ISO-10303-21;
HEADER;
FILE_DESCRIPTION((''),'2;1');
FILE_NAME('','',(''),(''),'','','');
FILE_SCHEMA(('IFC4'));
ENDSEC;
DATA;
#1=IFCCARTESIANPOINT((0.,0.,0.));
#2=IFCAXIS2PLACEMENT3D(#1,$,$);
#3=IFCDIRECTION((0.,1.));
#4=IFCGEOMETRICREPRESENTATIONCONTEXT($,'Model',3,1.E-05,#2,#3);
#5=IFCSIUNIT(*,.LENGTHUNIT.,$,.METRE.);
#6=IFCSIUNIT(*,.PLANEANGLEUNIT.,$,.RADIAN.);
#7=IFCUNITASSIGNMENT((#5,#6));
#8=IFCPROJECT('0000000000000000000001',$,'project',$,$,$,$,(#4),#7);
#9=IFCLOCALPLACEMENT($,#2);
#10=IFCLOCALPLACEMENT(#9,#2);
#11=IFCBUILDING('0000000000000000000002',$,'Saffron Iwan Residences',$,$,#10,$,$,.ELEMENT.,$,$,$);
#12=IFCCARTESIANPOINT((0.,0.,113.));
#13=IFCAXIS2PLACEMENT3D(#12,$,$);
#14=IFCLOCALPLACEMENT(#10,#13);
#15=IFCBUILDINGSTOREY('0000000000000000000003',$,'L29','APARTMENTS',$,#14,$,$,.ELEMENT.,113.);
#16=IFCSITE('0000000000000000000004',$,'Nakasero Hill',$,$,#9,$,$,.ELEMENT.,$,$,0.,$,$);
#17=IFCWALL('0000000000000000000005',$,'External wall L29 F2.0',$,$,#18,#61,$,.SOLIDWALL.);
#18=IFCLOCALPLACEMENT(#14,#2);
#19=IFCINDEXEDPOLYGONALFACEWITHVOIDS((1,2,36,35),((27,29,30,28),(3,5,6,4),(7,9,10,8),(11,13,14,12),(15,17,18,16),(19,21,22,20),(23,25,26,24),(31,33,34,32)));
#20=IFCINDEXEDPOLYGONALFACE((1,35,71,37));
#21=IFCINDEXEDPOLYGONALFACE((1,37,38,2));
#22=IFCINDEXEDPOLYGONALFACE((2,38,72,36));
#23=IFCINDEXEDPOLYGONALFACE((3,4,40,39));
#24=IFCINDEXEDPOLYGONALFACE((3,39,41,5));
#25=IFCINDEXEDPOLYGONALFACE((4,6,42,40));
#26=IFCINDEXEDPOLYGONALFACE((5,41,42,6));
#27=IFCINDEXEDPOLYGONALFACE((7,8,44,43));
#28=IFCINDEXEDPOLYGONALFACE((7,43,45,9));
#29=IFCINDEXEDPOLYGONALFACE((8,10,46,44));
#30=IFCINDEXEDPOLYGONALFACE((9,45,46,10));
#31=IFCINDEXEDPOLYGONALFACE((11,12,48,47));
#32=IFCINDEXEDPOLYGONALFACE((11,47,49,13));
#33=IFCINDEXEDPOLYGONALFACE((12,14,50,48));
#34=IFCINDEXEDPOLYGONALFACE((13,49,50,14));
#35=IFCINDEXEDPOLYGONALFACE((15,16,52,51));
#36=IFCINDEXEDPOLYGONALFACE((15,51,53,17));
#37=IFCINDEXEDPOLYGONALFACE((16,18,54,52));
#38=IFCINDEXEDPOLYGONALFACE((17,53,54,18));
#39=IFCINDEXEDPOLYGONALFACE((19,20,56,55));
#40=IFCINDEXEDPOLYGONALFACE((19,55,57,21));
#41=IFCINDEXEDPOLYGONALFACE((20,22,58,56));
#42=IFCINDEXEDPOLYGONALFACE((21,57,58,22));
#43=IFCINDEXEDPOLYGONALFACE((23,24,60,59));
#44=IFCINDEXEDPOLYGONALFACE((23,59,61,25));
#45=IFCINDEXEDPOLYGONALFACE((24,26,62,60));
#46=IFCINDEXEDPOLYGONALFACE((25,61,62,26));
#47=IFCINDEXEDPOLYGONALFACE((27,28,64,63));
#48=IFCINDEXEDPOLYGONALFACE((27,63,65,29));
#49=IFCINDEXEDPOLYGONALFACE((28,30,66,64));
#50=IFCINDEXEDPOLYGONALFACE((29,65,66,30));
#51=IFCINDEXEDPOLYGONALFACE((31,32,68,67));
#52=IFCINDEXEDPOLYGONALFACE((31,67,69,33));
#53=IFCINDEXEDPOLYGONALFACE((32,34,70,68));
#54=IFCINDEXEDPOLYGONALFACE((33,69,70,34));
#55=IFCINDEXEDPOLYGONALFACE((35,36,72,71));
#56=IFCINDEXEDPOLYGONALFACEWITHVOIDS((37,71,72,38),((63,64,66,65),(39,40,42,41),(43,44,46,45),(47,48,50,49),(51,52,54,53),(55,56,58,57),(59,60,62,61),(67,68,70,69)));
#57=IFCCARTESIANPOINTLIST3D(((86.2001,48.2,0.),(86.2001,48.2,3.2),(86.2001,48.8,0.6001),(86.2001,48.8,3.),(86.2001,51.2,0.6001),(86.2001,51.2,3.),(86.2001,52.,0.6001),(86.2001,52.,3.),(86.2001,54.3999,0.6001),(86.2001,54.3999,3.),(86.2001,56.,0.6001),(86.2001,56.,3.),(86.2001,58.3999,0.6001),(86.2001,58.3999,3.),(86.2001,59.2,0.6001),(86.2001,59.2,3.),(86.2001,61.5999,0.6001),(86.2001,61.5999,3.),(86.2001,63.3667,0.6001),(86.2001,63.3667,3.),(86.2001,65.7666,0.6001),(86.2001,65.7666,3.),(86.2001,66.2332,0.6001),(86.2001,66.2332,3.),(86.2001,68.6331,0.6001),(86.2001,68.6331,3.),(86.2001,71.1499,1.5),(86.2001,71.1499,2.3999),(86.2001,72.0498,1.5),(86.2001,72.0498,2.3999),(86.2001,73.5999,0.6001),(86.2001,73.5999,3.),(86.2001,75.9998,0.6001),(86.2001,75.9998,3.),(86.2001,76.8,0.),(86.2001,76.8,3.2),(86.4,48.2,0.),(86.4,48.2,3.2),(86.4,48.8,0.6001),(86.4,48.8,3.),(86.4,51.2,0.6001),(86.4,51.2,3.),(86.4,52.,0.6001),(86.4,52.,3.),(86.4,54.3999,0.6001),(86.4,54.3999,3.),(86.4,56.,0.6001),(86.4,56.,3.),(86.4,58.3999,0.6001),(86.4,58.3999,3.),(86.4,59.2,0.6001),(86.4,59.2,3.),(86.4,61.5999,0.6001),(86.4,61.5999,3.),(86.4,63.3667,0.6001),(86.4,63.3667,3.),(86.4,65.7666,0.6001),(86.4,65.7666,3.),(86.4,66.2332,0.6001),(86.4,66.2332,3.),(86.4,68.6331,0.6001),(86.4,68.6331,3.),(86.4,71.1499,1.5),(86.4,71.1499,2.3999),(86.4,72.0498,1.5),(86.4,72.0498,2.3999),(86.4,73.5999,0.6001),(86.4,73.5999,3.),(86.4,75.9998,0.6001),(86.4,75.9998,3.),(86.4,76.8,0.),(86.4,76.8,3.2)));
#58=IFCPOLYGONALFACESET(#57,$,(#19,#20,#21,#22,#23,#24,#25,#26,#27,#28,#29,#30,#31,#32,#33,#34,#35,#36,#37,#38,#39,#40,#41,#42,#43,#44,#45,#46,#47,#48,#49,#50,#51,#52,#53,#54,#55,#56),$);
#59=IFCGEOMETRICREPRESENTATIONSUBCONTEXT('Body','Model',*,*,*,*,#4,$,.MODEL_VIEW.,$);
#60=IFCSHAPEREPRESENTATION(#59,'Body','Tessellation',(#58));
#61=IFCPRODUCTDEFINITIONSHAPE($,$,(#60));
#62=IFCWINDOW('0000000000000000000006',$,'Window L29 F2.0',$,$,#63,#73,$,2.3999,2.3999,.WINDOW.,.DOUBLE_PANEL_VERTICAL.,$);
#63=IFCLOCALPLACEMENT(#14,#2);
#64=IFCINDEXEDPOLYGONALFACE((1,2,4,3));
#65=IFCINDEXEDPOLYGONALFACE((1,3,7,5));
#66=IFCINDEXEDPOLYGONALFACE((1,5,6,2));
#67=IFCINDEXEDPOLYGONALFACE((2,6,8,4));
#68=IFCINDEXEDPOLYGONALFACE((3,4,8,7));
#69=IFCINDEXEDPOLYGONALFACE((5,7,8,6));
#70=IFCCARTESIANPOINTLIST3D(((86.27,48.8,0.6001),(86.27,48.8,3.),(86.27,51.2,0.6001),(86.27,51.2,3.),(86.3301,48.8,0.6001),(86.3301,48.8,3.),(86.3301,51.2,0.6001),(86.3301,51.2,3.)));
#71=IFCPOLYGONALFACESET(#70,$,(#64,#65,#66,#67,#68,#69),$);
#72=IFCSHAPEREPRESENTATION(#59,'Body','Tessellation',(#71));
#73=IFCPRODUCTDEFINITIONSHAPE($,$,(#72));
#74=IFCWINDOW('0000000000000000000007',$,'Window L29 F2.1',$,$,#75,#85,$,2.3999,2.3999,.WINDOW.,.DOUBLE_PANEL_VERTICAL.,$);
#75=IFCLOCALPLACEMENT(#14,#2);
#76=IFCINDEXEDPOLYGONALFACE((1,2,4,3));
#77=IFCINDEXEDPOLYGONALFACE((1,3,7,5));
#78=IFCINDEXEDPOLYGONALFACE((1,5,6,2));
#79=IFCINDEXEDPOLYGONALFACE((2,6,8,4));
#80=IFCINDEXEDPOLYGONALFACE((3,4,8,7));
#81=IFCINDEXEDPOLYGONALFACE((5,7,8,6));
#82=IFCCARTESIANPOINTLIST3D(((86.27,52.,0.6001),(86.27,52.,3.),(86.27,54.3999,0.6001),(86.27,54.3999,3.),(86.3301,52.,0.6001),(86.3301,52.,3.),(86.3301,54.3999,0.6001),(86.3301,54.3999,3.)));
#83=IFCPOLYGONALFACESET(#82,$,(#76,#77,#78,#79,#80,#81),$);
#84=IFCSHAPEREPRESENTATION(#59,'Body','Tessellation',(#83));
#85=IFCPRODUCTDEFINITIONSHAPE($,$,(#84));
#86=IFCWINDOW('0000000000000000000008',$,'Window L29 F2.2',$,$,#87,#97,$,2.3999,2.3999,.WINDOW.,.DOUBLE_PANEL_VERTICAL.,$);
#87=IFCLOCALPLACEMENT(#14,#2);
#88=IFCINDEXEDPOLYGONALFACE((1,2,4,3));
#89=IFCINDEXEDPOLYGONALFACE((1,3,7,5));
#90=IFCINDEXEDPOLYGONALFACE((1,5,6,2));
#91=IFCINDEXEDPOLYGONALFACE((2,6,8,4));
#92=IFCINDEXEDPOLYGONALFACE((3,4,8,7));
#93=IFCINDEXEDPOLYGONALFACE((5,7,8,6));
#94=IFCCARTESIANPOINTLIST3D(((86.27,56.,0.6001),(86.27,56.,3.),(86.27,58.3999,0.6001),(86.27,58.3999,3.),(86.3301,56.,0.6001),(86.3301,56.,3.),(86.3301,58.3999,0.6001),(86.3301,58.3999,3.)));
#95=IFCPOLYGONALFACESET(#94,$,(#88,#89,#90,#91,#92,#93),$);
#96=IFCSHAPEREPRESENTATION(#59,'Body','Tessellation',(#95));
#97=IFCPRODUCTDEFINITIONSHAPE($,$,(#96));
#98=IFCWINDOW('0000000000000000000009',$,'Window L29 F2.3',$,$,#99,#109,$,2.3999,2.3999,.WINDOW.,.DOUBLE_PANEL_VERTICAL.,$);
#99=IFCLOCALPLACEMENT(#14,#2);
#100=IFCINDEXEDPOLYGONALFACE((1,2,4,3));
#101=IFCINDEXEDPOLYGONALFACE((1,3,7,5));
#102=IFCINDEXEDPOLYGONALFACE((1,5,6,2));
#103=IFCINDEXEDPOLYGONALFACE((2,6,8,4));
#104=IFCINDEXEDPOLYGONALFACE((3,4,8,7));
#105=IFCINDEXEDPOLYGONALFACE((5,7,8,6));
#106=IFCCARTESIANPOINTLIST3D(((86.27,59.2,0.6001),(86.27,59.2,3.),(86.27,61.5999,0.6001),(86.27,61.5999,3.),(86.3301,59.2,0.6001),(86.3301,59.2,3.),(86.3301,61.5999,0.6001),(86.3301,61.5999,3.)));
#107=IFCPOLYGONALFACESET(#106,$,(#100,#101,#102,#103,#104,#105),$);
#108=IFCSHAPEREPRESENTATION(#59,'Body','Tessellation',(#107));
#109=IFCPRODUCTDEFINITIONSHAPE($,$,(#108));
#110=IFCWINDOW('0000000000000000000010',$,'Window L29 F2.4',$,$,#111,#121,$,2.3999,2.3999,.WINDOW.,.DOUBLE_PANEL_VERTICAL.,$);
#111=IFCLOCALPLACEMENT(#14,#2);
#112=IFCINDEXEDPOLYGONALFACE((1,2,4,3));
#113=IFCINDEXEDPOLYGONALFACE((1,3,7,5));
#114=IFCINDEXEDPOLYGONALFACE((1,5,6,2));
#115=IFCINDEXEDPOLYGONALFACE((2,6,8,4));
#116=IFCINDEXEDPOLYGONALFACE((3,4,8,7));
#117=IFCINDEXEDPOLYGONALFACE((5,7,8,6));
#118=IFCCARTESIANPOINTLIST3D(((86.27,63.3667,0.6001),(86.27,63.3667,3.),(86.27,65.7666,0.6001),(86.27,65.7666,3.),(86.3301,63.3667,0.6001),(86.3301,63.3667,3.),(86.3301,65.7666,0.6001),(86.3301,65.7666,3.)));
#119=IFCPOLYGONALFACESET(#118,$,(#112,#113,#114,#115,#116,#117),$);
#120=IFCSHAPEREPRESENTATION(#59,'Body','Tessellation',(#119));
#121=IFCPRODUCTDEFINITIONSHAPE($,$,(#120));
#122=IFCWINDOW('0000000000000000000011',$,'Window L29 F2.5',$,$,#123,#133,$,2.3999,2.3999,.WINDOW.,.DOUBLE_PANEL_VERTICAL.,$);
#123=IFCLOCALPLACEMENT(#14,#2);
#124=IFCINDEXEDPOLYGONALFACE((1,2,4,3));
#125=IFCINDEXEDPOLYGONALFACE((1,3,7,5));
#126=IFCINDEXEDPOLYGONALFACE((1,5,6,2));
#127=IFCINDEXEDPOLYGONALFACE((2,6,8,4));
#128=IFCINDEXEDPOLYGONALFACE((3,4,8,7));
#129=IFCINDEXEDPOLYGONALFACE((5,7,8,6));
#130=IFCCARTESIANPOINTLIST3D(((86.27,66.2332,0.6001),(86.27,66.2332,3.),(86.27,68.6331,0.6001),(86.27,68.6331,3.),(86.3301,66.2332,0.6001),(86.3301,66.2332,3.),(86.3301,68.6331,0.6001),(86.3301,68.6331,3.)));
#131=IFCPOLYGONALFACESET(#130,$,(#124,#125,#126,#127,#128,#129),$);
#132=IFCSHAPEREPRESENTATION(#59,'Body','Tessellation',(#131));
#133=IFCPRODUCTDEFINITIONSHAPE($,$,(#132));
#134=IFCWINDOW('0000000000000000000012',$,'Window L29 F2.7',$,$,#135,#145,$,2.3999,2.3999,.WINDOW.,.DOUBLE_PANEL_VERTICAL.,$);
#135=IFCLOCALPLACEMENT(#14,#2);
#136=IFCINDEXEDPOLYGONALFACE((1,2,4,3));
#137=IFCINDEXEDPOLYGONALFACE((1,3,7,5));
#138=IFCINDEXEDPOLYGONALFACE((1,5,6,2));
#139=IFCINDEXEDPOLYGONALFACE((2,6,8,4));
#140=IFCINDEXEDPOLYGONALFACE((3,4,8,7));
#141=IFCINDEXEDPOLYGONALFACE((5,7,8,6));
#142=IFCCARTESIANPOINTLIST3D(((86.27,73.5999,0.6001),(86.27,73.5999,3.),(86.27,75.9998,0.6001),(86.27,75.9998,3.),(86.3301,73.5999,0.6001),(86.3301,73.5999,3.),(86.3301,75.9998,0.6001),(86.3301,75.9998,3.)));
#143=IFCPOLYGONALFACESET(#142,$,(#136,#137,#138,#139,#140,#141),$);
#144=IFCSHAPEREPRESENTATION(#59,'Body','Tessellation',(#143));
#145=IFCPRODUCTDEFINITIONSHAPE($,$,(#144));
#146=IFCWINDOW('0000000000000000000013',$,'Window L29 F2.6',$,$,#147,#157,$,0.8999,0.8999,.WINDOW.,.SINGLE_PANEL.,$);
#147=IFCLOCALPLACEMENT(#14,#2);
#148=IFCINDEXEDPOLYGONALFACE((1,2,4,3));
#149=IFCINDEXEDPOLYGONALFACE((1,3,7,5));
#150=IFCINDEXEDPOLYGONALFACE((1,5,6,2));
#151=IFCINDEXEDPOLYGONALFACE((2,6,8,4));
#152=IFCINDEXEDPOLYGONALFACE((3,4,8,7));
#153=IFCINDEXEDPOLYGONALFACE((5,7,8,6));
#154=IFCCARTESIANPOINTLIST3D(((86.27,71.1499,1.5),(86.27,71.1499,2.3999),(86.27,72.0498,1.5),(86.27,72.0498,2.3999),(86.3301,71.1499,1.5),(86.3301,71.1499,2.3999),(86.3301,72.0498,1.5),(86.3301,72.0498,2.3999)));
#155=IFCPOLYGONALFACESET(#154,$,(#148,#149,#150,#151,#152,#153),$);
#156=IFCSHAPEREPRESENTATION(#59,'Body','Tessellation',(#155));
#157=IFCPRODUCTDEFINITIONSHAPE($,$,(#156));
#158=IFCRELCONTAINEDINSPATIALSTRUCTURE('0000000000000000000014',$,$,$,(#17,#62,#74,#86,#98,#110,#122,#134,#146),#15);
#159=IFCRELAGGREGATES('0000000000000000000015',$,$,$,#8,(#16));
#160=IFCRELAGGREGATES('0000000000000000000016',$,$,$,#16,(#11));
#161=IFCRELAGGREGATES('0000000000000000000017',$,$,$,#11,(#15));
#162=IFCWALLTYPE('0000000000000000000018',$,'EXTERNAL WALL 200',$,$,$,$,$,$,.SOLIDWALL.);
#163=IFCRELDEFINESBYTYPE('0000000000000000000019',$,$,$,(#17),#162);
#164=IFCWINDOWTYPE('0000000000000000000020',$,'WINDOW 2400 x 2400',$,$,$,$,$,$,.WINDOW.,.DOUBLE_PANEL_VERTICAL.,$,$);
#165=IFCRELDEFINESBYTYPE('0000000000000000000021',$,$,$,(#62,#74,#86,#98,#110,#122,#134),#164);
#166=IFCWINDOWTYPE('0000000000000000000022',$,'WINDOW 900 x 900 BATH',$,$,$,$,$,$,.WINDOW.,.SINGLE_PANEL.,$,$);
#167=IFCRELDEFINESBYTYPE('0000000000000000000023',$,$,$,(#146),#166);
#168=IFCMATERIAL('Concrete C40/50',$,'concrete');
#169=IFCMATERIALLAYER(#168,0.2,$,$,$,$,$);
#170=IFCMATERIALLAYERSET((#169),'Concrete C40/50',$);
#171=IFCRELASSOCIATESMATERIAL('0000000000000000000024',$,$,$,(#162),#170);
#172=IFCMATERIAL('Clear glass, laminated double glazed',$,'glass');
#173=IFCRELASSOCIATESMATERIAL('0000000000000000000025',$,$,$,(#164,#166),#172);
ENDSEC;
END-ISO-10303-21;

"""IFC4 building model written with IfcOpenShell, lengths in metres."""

from ifc_helpers import new_model, si_unit, direction, frame, frame_2d, origin, place, context, subcontext, project, spatial, rectangle, extrude, material, layer, layer_set, type_object, element, fill, save


model = new_model("IFC4")

# Units and contexts
model_context = context("Model", 3, precision=1e-05, world=origin(), true_north=direction((0.0, 1.0)))
body_context = subcontext(model_context, "Body", "Model", "MODEL_VIEW")
ifc_project = project(units=[si_unit("LENGTHUNIT", "METRE"), si_unit("PLANEANGLEUNIT", "RADIAN")], contexts=[model_context])

# Site, building, storey
site_placement = place(None, origin())
site = spatial("IfcSite", under=ifc_project, at=site_placement, Name="Nakasero Hill", CompositionType="ELEMENT", RefElevation=0.0)
building_placement = place(site_placement, origin())
building = spatial("IfcBuilding", under=site, at=building_placement, Name="Saffron Iwan Residences", CompositionType="ELEMENT")
storey_placement = place(building_placement, frame((0.0, 0.0, 113.0)))
storey = spatial("IfcBuildingStorey", under=building, at=storey_placement, Name="L29", Description="APARTMENTS", CompositionType="ELEMENT", Elevation=113.0)

# Shared definitions
ifc_material_1 = material(Name="Concrete C40/50", Category="concrete")
ifc_layer_1 = layer(ifc_material_1, 0.2)
ifc_layer_set_1 = layer_set([ifc_layer_1], Name="Concrete C40/50")
wall_type_1 = type_object("IfcWallType", Name="EXTERNAL WALL 200", PredefinedType="SOLIDWALL", material=ifc_layer_set_1)
ifc_material_2 = material(Name="Clear glass, laminated double glazed", Category="glass")
window_type_1 = type_object("IfcWindowType", Name="WINDOW 2400 x 2400", PartitioningType="DOUBLE_PANEL_VERTICAL", PredefinedType="WINDOW", material=ifc_material_2)

# Wall, openings, windows
wall_1_placement = place(storey_placement, frame((86.3, 48.2, 0.0), z_axis=(0.0, 0.0, 1.0), x_axis=(0.0, 1.0, 0.0)))
wall_1 = element("IfcWall", 1, at=wall_1_placement, inside=storey, type_object=wall_type_1, Name="External wall L29 F2.0", PredefinedType="SOLIDWALL", context=body_context, shape_type="SweptSolid", body=[
    extrude(rectangle(XDim=28.6001, YDim=0.2, at=frame_2d((14.3, 0.0))), origin(), (0.0, 0.0, 1.0), 3.2),
])
opening_1_placement = place(wall_1_placement, frame((0.6001, 0.0, 0.6001)))
opening_1 = element("IfcOpeningElement", 2, at=opening_1_placement, cuts=wall_1, PredefinedType="OPENING", context=body_context, shape_type="SweptSolid", body=[
    extrude(rectangle(XDim=2.3999, YDim=2.3999, at=frame_2d((1.2, 1.2))), frame((0.0, 0.1099, 0.0), z_axis=(0.0, -1.0, 0.0), x_axis=(1.0, 0.0, 0.0)), (0.0, 0.0, 1.0), 0.22),
])
opening_2_placement = place(wall_1_placement, frame((3.8, 0.0, 0.6001)))
opening_2 = element("IfcOpeningElement", 3, at=opening_2_placement, cuts=wall_1, PredefinedType="OPENING", context=body_context, shape_type="SweptSolid", body=[
    extrude(rectangle(XDim=2.3999, YDim=2.3999, at=frame_2d((1.2, 1.2))), frame((0.0, 0.1099, 0.0), z_axis=(0.0, -1.0, 0.0), x_axis=(1.0, 0.0, 0.0)), (0.0, 0.0, 1.0), 0.22),
])
opening_3_placement = place(wall_1_placement, frame((7.8, 0.0, 0.6001)))
opening_3 = element("IfcOpeningElement", 4, at=opening_3_placement, cuts=wall_1, PredefinedType="OPENING", context=body_context, shape_type="SweptSolid", body=[
    extrude(rectangle(XDim=2.3999, YDim=2.3999, at=frame_2d((1.2, 1.2))), frame((0.0, 0.1099, 0.0), z_axis=(0.0, -1.0, 0.0), x_axis=(1.0, 0.0, 0.0)), (0.0, 0.0, 1.0), 0.22),
])
opening_4_placement = place(wall_1_placement, frame((11.0, 0.0, 0.6001)))
opening_4 = element("IfcOpeningElement", 5, at=opening_4_placement, cuts=wall_1, PredefinedType="OPENING", context=body_context, shape_type="SweptSolid", body=[
    extrude(rectangle(XDim=2.3999, YDim=2.3999, at=frame_2d((1.2, 1.2))), frame((0.0, 0.1099, 0.0), z_axis=(0.0, -1.0, 0.0), x_axis=(1.0, 0.0, 0.0)), (0.0, 0.0, 1.0), 0.22),
])
opening_5_placement = place(wall_1_placement, frame((15.1667, 0.0, 0.6001)))
opening_5 = element("IfcOpeningElement", 6, at=opening_5_placement, cuts=wall_1, PredefinedType="OPENING", context=body_context, shape_type="SweptSolid", body=[
    extrude(rectangle(XDim=2.3999, YDim=2.3999, at=frame_2d((1.2, 1.2))), frame((0.0, 0.1099, 0.0), z_axis=(0.0, -1.0, 0.0), x_axis=(1.0, 0.0, 0.0)), (0.0, 0.0, 1.0), 0.22),
])
opening_6_placement = place(wall_1_placement, frame((18.0332, 0.0, 0.6001)))
opening_6 = element("IfcOpeningElement", 7, at=opening_6_placement, cuts=wall_1, PredefinedType="OPENING", context=body_context, shape_type="SweptSolid", body=[
    extrude(rectangle(XDim=2.3999, YDim=2.3999, at=frame_2d((1.2, 1.2))), frame((0.0, 0.1099, 0.0), z_axis=(0.0, -1.0, 0.0), x_axis=(1.0, 0.0, 0.0)), (0.0, 0.0, 1.0), 0.22),
])
opening_7_placement = place(wall_1_placement, frame((22.95, 0.0, 1.5)))
opening_7 = element("IfcOpeningElement", 8, at=opening_7_placement, cuts=wall_1, PredefinedType="OPENING", context=body_context, shape_type="SweptSolid", body=[
    extrude(rectangle(XDim=0.8999, YDim=0.8999, at=frame_2d((0.45, 0.45))), frame((0.0, 0.1099, 0.0), z_axis=(0.0, -1.0, 0.0), x_axis=(1.0, 0.0, 0.0)), (0.0, 0.0, 1.0), 0.22),
])
opening_8_placement = place(wall_1_placement, frame((25.3999, 0.0, 0.6001)))
opening_8 = element("IfcOpeningElement", 9, at=opening_8_placement, cuts=wall_1, PredefinedType="OPENING", context=body_context, shape_type="SweptSolid", body=[
    extrude(rectangle(XDim=2.3999, YDim=2.3999, at=frame_2d((1.2, 1.2))), frame((0.0, 0.1099, 0.0), z_axis=(0.0, -1.0, 0.0), x_axis=(1.0, 0.0, 0.0)), (0.0, 0.0, 1.0), 0.22),
])
window_1_placement = place(opening_1_placement, origin())
window_1 = element("IfcWindow", 10, at=window_1_placement, inside=storey, type_object=window_type_1, Name="Window L29 F2.0", OverallHeight=2.3999, OverallWidth=2.3999, PartitioningType="DOUBLE_PANEL_VERTICAL", PredefinedType="WINDOW", context=body_context, shape_type="SweptSolid", body=[
    extrude(rectangle(XDim=2.3999, YDim=2.3999, at=frame_2d((1.2, 1.2))), frame((0.0, 0.03, 0.0), z_axis=(0.0, -1.0, 0.0), x_axis=(1.0, 0.0, 0.0)), (0.0, 0.0, 1.0), 0.0601),
])
fill(opening_1, window_1)
window_2_placement = place(opening_2_placement, origin())
window_2 = element("IfcWindow", 11, at=window_2_placement, inside=storey, type_object=window_type_1, Name="Window L29 F2.1", OverallHeight=2.3999, OverallWidth=2.3999, PartitioningType="DOUBLE_PANEL_VERTICAL", PredefinedType="WINDOW", context=body_context, shape_type="SweptSolid", body=[
    extrude(rectangle(XDim=2.3999, YDim=2.3999, at=frame_2d((1.2, 1.2))), frame((0.0, 0.03, 0.0), z_axis=(0.0, -1.0, 0.0), x_axis=(1.0, 0.0, 0.0)), (0.0, 0.0, 1.0), 0.0601),
])
fill(opening_2, window_2)
window_3_placement = place(opening_3_placement, origin())
window_3 = element("IfcWindow", 12, at=window_3_placement, inside=storey, type_object=window_type_1, Name="Window L29 F2.2", OverallHeight=2.3999, OverallWidth=2.3999, PartitioningType="DOUBLE_PANEL_VERTICAL", PredefinedType="WINDOW", context=body_context, shape_type="SweptSolid", body=[
    extrude(rectangle(XDim=2.3999, YDim=2.3999, at=frame_2d((1.2, 1.2))), frame((0.0, 0.03, 0.0), z_axis=(0.0, -1.0, 0.0), x_axis=(1.0, 0.0, 0.0)), (0.0, 0.0, 1.0), 0.0601),
])
fill(opening_3, window_3)
window_4_placement = place(opening_4_placement, origin())
window_4 = element("IfcWindow", 13, at=window_4_placement, inside=storey, type_object=window_type_1, Name="Window L29 F2.3", OverallHeight=2.3999, OverallWidth=2.3999, PartitioningType="DOUBLE_PANEL_VERTICAL", PredefinedType="WINDOW", context=body_context, shape_type="SweptSolid", body=[
    extrude(rectangle(XDim=2.3999, YDim=2.3999, at=frame_2d((1.2, 1.2))), frame((0.0, 0.03, 0.0), z_axis=(0.0, -1.0, 0.0), x_axis=(1.0, 0.0, 0.0)), (0.0, 0.0, 1.0), 0.0601),
])
fill(opening_4, window_4)
window_5_placement = place(opening_5_placement, origin())
window_5 = element("IfcWindow", 14, at=window_5_placement, inside=storey, type_object=window_type_1, Name="Window L29 F2.4", OverallHeight=2.3999, OverallWidth=2.3999, PartitioningType="DOUBLE_PANEL_VERTICAL", PredefinedType="WINDOW", context=body_context, shape_type="SweptSolid", body=[
    extrude(rectangle(XDim=2.3999, YDim=2.3999, at=frame_2d((1.2, 1.2))), frame((0.0, 0.03, 0.0), z_axis=(0.0, -1.0, 0.0), x_axis=(1.0, 0.0, 0.0)), (0.0, 0.0, 1.0), 0.0601),
])
fill(opening_5, window_5)
window_6_placement = place(opening_6_placement, origin())
window_6 = element("IfcWindow", 15, at=window_6_placement, inside=storey, type_object=window_type_1, Name="Window L29 F2.5", OverallHeight=2.3999, OverallWidth=2.3999, PartitioningType="DOUBLE_PANEL_VERTICAL", PredefinedType="WINDOW", context=body_context, shape_type="SweptSolid", body=[
    extrude(rectangle(XDim=2.3999, YDim=2.3999, at=frame_2d((1.2, 1.2))), frame((0.0, 0.03, 0.0), z_axis=(0.0, -1.0, 0.0), x_axis=(1.0, 0.0, 0.0)), (0.0, 0.0, 1.0), 0.0601),
])
fill(opening_6, window_6)
window_7_placement = place(opening_8_placement, origin())
window_7 = element("IfcWindow", 16, at=window_7_placement, inside=storey, type_object=window_type_1, Name="Window L29 F2.7", OverallHeight=2.3999, OverallWidth=2.3999, PartitioningType="DOUBLE_PANEL_VERTICAL", PredefinedType="WINDOW", context=body_context, shape_type="SweptSolid", body=[
    extrude(rectangle(XDim=2.3999, YDim=2.3999, at=frame_2d((1.2, 1.2))), frame((0.0, 0.03, 0.0), z_axis=(0.0, -1.0, 0.0), x_axis=(1.0, 0.0, 0.0)), (0.0, 0.0, 1.0), 0.0601),
])
fill(opening_8, window_7)
window_type_2 = type_object("IfcWindowType", Name="WINDOW 900 x 900 BATH", PartitioningType="SINGLE_PANEL", PredefinedType="WINDOW", material=ifc_material_2)
window_8_placement = place(opening_7_placement, origin())
window_8 = element("IfcWindow", 17, at=window_8_placement, inside=storey, type_object=window_type_2, Name="Window L29 F2.6", OverallHeight=0.8999, OverallWidth=0.8999, PartitioningType="SINGLE_PANEL", PredefinedType="WINDOW", context=body_context, shape_type="SweptSolid", body=[
    extrude(rectangle(XDim=0.8999, YDim=0.8999, at=frame_2d((0.45, 0.45))), frame((0.0, 0.03, 0.0), z_axis=(0.0, -1.0, 0.0), x_axis=(1.0, 0.0, 0.0)), (0.0, 0.0, 1.0), 0.0601),
])
fill(opening_7, window_8)

save(model, "model.ifc")
